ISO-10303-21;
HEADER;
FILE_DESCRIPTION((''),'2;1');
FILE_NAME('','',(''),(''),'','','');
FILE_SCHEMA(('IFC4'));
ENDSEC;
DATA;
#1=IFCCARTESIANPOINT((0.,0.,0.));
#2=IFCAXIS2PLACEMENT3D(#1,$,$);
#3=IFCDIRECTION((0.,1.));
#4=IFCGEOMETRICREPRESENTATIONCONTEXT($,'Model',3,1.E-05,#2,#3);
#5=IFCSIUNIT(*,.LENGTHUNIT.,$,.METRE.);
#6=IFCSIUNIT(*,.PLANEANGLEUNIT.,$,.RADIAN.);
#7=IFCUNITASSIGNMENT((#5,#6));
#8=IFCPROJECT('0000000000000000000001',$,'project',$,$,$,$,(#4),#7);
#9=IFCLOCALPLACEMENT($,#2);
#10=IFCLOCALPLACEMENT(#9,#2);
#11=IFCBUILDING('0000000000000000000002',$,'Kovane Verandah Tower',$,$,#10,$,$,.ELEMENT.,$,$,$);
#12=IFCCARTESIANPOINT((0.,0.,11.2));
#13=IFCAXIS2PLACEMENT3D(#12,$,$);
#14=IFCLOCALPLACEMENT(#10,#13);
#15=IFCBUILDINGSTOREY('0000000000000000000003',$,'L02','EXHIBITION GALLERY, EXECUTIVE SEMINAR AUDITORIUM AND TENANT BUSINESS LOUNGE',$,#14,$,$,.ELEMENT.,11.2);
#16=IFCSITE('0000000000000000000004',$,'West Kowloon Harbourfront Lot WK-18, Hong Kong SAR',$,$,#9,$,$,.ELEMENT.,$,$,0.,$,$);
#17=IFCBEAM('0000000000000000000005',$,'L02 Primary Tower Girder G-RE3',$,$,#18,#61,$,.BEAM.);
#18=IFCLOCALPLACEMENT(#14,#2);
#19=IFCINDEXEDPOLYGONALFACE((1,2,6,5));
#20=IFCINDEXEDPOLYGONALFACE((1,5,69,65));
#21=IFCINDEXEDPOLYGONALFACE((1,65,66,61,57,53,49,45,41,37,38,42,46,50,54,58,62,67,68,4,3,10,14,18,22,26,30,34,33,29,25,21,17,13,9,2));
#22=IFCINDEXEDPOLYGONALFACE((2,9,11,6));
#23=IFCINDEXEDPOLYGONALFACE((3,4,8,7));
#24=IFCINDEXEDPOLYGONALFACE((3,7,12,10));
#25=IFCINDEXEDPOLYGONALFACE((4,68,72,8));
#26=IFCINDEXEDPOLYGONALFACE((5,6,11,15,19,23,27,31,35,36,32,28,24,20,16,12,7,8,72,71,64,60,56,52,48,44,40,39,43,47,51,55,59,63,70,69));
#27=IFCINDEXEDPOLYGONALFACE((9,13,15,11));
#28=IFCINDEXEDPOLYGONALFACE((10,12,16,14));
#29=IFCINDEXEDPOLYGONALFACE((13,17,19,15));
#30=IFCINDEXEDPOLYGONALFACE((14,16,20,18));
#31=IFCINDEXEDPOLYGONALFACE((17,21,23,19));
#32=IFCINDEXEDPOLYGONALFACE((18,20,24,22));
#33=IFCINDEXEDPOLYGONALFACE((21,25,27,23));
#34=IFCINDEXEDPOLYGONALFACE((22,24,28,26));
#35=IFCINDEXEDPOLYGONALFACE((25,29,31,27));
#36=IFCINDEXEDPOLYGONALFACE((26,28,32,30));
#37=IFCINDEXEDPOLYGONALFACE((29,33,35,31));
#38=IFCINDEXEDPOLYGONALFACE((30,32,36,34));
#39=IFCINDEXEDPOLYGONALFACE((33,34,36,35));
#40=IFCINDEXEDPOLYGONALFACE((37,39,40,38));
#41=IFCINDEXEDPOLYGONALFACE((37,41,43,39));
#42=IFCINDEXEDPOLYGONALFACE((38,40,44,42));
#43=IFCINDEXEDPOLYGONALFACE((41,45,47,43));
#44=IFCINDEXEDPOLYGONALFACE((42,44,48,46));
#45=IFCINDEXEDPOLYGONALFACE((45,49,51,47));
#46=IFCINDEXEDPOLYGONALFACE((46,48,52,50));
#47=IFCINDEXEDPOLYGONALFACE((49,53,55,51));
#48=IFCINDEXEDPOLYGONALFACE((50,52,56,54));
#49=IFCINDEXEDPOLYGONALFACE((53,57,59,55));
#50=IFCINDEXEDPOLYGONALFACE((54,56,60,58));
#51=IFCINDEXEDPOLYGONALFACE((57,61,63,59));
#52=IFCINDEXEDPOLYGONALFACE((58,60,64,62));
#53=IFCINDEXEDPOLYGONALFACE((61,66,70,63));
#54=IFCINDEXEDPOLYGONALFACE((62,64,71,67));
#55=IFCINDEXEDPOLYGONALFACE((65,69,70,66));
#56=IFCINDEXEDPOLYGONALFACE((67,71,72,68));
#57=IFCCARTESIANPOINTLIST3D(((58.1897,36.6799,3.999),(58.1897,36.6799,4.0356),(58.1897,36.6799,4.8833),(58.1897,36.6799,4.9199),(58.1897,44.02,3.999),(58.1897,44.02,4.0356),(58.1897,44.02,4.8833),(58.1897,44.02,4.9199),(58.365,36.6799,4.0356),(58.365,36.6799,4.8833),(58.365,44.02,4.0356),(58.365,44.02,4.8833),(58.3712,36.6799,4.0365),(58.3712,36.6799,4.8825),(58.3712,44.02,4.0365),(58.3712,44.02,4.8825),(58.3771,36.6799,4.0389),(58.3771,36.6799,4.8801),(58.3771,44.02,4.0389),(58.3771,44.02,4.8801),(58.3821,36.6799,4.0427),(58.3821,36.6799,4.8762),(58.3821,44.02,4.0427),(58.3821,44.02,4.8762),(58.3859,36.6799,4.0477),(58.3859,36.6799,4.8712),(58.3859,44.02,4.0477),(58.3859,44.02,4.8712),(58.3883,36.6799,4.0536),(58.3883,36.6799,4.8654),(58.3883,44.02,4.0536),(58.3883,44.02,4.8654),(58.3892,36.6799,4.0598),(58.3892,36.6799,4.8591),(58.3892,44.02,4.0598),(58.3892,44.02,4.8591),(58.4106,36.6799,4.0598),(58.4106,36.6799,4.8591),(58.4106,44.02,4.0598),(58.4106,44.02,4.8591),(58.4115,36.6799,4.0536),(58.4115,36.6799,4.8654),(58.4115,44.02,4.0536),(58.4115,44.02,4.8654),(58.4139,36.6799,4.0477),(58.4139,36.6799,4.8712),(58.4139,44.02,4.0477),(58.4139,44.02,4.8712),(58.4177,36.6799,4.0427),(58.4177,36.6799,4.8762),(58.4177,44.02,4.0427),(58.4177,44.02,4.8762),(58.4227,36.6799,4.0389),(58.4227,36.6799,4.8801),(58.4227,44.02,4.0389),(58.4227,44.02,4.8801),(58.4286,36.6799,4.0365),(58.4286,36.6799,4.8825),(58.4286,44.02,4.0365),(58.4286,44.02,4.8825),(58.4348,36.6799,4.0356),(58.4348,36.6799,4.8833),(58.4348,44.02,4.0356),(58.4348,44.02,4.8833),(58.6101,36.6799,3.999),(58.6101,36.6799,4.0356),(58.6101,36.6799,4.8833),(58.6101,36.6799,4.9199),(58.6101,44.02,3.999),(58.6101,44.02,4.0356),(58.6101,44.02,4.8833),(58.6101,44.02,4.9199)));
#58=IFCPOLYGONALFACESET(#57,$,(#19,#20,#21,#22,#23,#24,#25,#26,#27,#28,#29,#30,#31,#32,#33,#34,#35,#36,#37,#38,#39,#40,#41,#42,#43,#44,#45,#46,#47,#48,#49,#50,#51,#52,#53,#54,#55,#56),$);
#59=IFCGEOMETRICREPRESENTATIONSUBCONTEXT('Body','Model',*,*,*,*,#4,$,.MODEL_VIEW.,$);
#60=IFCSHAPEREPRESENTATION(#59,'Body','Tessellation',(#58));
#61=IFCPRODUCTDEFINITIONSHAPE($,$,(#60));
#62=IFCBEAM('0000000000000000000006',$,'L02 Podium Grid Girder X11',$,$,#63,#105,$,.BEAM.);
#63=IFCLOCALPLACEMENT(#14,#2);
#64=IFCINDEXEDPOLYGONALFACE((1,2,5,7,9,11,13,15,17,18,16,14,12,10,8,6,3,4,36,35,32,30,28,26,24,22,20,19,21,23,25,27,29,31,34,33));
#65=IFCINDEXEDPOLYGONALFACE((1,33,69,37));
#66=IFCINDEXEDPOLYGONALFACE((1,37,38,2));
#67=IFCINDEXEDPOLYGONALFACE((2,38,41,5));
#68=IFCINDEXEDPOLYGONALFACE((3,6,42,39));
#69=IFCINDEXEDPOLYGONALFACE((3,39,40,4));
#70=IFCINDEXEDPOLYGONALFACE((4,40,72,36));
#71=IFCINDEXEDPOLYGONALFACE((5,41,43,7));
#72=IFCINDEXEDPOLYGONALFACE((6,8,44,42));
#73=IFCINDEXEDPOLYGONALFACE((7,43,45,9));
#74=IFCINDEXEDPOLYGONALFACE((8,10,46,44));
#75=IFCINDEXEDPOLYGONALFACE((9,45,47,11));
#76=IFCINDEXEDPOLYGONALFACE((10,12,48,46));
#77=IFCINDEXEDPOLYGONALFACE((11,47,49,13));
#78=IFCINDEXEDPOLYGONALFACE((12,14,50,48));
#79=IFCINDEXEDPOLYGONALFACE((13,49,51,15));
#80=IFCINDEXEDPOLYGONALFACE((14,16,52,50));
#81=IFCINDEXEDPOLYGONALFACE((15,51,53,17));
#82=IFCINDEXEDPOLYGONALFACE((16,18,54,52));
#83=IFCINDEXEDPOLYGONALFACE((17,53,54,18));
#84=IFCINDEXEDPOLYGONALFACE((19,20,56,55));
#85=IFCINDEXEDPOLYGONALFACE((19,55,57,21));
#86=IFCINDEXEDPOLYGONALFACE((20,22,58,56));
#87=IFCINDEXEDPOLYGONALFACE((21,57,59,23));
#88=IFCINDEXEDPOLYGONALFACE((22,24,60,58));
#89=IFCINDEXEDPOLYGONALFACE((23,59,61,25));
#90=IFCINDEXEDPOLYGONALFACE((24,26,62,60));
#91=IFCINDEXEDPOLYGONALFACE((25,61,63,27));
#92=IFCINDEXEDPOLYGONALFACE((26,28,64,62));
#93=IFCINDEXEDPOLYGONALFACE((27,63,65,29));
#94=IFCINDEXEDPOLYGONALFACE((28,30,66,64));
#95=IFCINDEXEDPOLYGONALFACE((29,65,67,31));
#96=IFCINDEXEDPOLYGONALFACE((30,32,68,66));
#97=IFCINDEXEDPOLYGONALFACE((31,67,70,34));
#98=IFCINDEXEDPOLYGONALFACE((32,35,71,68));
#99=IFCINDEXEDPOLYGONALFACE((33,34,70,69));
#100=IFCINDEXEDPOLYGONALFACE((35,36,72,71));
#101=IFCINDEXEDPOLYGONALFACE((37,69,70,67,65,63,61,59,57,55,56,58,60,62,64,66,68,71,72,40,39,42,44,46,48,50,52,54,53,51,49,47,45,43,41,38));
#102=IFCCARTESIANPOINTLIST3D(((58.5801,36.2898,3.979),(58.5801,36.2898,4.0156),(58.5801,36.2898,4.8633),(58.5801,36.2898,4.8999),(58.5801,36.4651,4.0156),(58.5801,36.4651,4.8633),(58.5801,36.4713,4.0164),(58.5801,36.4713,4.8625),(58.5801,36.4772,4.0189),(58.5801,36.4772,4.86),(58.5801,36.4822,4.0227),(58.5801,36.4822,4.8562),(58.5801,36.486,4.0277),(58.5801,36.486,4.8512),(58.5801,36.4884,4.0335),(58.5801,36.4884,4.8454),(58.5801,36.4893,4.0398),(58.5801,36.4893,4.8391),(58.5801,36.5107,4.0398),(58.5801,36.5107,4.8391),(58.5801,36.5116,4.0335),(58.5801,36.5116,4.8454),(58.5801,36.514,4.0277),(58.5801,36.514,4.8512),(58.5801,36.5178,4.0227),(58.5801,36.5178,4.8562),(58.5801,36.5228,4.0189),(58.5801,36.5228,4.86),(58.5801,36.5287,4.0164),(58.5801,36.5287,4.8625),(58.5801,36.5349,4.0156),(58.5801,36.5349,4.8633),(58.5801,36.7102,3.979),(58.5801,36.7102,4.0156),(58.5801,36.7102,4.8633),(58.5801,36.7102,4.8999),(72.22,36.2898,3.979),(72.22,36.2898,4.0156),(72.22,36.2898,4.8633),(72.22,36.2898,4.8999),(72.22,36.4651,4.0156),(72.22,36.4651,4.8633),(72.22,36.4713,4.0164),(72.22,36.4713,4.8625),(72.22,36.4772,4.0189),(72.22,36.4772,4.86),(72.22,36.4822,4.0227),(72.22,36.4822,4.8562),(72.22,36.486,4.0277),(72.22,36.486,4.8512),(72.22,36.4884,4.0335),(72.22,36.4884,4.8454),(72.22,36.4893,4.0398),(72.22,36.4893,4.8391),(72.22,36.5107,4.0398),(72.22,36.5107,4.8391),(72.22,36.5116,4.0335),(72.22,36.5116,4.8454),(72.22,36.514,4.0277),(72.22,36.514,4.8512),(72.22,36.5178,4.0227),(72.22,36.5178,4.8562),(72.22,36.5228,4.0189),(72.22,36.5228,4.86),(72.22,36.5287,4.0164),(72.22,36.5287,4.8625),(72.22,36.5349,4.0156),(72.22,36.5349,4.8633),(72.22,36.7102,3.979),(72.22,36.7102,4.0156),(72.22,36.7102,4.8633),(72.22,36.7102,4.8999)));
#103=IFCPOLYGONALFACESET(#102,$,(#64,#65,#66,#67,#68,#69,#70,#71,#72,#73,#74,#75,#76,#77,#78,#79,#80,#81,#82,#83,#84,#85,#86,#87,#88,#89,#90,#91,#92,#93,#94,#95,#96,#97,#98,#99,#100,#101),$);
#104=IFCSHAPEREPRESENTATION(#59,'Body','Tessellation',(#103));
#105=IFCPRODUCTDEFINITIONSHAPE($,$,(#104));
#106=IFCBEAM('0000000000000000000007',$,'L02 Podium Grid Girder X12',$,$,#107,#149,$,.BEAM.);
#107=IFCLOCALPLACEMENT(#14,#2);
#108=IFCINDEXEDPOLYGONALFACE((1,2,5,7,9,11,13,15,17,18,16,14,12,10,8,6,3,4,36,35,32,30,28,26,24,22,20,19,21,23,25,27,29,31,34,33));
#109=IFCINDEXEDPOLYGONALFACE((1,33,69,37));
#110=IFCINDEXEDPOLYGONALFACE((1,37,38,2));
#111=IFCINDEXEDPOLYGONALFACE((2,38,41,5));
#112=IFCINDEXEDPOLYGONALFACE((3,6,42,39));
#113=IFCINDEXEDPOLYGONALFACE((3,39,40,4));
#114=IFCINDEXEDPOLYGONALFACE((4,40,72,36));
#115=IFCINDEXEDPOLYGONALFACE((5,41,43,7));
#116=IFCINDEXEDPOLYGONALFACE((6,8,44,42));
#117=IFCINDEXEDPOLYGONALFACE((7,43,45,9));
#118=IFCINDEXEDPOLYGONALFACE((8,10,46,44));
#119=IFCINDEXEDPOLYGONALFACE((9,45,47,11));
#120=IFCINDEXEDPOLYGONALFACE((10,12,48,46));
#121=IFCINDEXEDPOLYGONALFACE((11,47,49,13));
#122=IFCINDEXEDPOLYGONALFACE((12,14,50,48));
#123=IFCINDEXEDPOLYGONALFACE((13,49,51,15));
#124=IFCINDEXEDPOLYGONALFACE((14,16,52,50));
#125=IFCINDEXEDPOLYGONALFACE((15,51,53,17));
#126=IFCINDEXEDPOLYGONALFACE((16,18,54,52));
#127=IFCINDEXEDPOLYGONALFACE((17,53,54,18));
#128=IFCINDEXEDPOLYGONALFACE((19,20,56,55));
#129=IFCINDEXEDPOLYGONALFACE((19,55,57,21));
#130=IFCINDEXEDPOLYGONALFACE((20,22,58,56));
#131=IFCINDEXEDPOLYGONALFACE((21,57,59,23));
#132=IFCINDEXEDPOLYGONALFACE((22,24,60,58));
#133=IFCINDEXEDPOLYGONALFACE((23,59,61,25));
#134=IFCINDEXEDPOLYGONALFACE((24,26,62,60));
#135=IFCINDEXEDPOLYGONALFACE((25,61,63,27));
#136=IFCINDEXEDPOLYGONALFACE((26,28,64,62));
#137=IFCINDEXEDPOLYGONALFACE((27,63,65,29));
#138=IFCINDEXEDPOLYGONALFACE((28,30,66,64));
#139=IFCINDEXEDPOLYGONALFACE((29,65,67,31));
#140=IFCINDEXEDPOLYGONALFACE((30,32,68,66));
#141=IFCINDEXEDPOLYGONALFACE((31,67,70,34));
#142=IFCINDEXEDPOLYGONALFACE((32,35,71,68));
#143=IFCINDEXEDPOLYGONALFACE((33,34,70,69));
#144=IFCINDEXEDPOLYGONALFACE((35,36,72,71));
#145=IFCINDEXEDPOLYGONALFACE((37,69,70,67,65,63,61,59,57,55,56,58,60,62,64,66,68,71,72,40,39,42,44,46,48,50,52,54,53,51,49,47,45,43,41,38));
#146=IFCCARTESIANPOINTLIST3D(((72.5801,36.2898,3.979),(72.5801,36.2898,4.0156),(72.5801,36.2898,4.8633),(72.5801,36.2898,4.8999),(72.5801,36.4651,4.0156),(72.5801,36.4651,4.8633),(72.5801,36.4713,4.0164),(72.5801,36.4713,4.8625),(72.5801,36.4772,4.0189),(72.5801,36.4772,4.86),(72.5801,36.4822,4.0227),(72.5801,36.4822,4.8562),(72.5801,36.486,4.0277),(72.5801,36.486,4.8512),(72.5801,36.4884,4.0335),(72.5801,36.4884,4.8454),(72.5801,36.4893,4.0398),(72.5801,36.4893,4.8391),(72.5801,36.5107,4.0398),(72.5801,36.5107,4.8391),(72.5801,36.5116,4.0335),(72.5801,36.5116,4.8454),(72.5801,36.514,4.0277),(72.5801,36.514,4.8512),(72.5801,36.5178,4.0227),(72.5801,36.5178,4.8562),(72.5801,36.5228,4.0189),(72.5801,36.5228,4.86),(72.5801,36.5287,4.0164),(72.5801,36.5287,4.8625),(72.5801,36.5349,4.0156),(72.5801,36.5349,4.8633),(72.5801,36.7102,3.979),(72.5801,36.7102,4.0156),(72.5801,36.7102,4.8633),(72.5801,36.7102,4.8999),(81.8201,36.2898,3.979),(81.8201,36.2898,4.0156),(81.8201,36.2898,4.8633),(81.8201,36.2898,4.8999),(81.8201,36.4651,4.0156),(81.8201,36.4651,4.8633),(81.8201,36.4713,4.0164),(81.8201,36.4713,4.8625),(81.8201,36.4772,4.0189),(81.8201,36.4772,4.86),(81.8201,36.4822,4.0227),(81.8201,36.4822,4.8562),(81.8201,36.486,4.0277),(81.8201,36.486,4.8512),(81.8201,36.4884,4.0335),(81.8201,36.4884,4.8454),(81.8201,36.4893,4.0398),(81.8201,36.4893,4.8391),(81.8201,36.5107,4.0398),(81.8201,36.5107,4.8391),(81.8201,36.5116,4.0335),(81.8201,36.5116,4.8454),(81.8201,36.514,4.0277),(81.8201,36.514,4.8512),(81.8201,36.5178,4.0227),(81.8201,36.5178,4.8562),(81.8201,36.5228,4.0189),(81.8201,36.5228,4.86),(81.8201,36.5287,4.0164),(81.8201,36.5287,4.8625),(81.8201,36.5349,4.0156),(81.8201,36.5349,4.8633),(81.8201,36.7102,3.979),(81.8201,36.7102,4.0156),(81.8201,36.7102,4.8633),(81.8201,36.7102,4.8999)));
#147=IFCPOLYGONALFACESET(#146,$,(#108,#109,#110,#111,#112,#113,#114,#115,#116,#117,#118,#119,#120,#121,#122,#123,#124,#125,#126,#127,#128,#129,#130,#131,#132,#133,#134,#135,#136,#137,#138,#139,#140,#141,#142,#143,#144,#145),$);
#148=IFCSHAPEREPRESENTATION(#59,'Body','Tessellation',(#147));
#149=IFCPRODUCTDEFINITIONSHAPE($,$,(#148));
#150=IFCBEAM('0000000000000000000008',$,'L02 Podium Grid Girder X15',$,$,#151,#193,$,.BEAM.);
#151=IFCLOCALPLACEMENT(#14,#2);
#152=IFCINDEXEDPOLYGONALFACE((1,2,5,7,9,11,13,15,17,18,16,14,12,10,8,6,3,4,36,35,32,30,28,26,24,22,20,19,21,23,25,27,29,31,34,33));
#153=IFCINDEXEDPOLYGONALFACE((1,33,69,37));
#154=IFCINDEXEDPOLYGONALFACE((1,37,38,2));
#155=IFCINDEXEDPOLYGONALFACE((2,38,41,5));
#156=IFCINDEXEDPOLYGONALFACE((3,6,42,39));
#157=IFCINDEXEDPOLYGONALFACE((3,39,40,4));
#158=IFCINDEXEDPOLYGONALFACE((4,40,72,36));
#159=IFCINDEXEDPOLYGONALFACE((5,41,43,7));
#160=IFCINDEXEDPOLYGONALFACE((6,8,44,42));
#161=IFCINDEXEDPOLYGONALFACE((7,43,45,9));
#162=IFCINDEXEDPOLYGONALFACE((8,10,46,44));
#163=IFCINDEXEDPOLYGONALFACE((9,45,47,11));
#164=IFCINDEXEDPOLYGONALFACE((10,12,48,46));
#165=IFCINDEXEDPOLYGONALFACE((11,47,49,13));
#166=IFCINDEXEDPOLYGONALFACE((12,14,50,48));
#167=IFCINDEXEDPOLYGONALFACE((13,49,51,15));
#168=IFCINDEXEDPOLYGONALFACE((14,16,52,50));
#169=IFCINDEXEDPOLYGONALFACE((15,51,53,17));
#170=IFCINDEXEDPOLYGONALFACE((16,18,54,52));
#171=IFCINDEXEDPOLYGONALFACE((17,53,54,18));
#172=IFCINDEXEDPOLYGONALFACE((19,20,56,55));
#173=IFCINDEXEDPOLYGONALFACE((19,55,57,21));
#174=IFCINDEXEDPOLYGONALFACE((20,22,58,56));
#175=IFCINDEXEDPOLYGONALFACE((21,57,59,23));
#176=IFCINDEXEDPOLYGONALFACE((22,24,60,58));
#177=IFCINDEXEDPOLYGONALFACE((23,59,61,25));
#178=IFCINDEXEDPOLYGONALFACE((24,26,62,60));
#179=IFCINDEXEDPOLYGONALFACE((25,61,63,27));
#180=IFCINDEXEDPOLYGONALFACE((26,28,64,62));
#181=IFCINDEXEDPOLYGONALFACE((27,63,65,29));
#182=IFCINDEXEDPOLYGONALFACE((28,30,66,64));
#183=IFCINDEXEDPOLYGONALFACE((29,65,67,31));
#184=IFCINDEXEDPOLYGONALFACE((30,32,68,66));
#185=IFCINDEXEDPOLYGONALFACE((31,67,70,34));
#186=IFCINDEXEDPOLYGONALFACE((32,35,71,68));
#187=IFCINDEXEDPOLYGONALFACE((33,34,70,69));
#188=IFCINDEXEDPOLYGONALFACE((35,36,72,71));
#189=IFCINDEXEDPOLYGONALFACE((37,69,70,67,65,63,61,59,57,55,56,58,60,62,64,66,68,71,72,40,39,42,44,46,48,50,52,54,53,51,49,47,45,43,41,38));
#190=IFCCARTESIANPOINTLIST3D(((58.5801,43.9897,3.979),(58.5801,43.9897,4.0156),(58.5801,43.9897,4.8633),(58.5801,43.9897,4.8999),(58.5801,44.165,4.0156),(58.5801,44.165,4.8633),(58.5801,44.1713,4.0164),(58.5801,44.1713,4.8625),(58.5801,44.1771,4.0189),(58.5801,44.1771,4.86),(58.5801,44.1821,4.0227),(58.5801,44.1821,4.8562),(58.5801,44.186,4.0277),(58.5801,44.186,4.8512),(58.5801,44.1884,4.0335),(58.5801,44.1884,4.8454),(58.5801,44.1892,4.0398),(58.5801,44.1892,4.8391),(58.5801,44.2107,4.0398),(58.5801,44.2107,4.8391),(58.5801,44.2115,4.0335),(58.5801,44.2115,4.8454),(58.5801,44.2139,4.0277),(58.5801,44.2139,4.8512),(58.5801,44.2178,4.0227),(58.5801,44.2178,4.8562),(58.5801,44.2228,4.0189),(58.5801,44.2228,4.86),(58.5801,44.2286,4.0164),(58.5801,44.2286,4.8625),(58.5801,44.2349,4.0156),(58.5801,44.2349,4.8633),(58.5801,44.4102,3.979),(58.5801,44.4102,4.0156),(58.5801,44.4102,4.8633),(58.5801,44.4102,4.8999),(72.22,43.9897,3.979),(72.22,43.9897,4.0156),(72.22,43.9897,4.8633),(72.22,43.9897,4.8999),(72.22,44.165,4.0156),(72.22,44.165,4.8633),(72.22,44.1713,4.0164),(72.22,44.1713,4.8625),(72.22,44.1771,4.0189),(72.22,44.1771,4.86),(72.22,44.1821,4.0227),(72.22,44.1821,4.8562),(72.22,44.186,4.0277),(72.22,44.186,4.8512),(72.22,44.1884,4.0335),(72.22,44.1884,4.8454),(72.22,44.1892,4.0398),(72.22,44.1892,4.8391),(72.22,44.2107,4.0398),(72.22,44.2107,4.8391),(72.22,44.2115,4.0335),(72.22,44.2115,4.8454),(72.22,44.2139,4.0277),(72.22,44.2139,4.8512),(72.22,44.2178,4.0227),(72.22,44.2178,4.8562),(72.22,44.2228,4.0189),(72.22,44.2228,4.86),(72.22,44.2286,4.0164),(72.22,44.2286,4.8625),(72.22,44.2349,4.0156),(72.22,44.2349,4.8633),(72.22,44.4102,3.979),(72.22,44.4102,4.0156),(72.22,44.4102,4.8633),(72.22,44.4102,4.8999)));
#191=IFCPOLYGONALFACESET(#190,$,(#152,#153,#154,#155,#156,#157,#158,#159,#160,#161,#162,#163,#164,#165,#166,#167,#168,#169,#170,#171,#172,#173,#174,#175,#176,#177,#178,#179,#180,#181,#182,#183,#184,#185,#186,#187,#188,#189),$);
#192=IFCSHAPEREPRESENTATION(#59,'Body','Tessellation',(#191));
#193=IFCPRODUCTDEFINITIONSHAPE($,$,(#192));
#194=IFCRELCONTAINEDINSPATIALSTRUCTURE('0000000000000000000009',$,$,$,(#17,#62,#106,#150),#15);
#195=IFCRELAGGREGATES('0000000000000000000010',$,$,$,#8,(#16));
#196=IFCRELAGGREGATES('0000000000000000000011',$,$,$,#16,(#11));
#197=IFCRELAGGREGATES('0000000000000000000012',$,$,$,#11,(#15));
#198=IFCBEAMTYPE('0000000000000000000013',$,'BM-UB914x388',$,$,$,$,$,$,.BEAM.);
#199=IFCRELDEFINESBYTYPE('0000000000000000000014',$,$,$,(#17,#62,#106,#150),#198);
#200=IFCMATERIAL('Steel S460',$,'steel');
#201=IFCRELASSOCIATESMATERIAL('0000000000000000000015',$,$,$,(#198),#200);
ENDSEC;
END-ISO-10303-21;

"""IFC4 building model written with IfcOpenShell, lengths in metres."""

from ifc_helpers import new_model, si_unit, direction, frame, origin, origin_2d, place, context, subcontext, project, spatial, i_section, extrude, material, material_profile, profile_set, type_object, element, save


model = new_model("IFC4")

# Units and contexts
model_context = context("Model", 3, precision=1e-05, world=origin(), true_north=direction((0.0, 1.0)))
body_context = subcontext(model_context, "Body", "Model", "MODEL_VIEW")
ifc_project = project(units=[si_unit("LENGTHUNIT", "METRE"), si_unit("PLANEANGLEUNIT", "RADIAN")], contexts=[model_context])

# Site, building, storey
site_placement = place(None, origin())
site = spatial("IfcSite", under=ifc_project, at=site_placement, Name="West Kowloon Harbourfront Lot WK-18, Hong Kong SAR", CompositionType="ELEMENT", RefElevation=0.0)
building_placement = place(site_placement, origin())
building = spatial("IfcBuilding", under=site, at=building_placement, Name="Kovane Verandah Tower", CompositionType="ELEMENT")
storey_placement = place(building_placement, frame((0.0, 0.0, 11.2)))
storey = spatial("IfcBuildingStorey", under=building, at=storey_placement, Name="L02", Description="EXHIBITION GALLERY, EXECUTIVE SEMINAR AUDITORIUM AND TENANT BUSINESS LOUNGE", CompositionType="ELEMENT", Elevation=11.2)

# Shared definitions
ifc_material_1 = material(Name="Steel S460", Category="steel")

# Beams
ifc_material_profile_1 = material_profile(ifc_material_1, i_section(OverallWidth=0.4204, OverallDepth=0.9209, WebThickness=0.0215, FlangeThickness=0.0366, FilletRadius=0.0242, at=origin_2d()), Name="UB914x419x388")
ifc_profile_set_1 = profile_set([ifc_material_profile_1], Name="Steel S460")
beam_type = type_object("IfcBeamType", Name="BM-UB914x388", PredefinedType="BEAM", material=ifc_profile_set_1)
beam_1_placement = place(storey_placement, frame((58.3999, 36.6799, 4.4595), z_axis=(0.0, 1.0, 0.0), x_axis=(-1.0, 0.0, 0.0)))
element("IfcBeam", 1, at=beam_1_placement, inside=storey, type_object=beam_type, Name="L02 Primary Tower Girder G-RE3", PredefinedType="BEAM", context=body_context, shape_type="SweptSolid", body=[
    extrude(i_section(OverallWidth=0.4204, OverallDepth=0.9209, WebThickness=0.0215, FlangeThickness=0.0366, FilletRadius=0.0242, at=origin_2d()), origin(), (0.0, 0.0, 1.0), 7.3401),
])
beam_2_placement = place(storey_placement, frame((58.5801, 36.5, 4.4395), z_axis=(1.0, 0.0, 0.0), x_axis=(0.0, 1.0, 0.0)))
element("IfcBeam", 2, at=beam_2_placement, inside=storey, type_object=beam_type, Name="L02 Podium Grid Girder X11", PredefinedType="BEAM", context=body_context, shape_type="SweptSolid", body=[
    extrude(i_section(OverallWidth=0.4204, OverallDepth=0.9209, WebThickness=0.0215, FlangeThickness=0.0366, FilletRadius=0.0242, at=origin_2d()), origin(), (0.0, 0.0, 1.0), 13.6399),
])
beam_3_placement = place(storey_placement, frame((72.5801, 36.5, 4.4395), z_axis=(1.0, 0.0, 0.0), x_axis=(0.0, 1.0, 0.0)))
element("IfcBeam", 3, at=beam_3_placement, inside=storey, type_object=beam_type, Name="L02 Podium Grid Girder X12", PredefinedType="BEAM", context=body_context, shape_type="SweptSolid", body=[
    extrude(i_section(OverallWidth=0.4204, OverallDepth=0.9209, WebThickness=0.0215, FlangeThickness=0.0366, FilletRadius=0.0242, at=origin_2d()), origin(), (0.0, 0.0, 1.0), 9.24),
])
beam_4_placement = place(storey_placement, frame((58.5801, 44.2, 4.4395), z_axis=(1.0, 0.0, 0.0), x_axis=(0.0, 1.0, 0.0)))
element("IfcBeam", 4, at=beam_4_placement, inside=storey, type_object=beam_type, Name="L02 Podium Grid Girder X15", PredefinedType="BEAM", context=body_context, shape_type="SweptSolid", body=[
    extrude(i_section(OverallWidth=0.4204, OverallDepth=0.9209, WebThickness=0.0215, FlangeThickness=0.0366, FilletRadius=0.0242, at=origin_2d()), origin(), (0.0, 0.0, 1.0), 13.6399),
])

save(model, "model.ifc")
